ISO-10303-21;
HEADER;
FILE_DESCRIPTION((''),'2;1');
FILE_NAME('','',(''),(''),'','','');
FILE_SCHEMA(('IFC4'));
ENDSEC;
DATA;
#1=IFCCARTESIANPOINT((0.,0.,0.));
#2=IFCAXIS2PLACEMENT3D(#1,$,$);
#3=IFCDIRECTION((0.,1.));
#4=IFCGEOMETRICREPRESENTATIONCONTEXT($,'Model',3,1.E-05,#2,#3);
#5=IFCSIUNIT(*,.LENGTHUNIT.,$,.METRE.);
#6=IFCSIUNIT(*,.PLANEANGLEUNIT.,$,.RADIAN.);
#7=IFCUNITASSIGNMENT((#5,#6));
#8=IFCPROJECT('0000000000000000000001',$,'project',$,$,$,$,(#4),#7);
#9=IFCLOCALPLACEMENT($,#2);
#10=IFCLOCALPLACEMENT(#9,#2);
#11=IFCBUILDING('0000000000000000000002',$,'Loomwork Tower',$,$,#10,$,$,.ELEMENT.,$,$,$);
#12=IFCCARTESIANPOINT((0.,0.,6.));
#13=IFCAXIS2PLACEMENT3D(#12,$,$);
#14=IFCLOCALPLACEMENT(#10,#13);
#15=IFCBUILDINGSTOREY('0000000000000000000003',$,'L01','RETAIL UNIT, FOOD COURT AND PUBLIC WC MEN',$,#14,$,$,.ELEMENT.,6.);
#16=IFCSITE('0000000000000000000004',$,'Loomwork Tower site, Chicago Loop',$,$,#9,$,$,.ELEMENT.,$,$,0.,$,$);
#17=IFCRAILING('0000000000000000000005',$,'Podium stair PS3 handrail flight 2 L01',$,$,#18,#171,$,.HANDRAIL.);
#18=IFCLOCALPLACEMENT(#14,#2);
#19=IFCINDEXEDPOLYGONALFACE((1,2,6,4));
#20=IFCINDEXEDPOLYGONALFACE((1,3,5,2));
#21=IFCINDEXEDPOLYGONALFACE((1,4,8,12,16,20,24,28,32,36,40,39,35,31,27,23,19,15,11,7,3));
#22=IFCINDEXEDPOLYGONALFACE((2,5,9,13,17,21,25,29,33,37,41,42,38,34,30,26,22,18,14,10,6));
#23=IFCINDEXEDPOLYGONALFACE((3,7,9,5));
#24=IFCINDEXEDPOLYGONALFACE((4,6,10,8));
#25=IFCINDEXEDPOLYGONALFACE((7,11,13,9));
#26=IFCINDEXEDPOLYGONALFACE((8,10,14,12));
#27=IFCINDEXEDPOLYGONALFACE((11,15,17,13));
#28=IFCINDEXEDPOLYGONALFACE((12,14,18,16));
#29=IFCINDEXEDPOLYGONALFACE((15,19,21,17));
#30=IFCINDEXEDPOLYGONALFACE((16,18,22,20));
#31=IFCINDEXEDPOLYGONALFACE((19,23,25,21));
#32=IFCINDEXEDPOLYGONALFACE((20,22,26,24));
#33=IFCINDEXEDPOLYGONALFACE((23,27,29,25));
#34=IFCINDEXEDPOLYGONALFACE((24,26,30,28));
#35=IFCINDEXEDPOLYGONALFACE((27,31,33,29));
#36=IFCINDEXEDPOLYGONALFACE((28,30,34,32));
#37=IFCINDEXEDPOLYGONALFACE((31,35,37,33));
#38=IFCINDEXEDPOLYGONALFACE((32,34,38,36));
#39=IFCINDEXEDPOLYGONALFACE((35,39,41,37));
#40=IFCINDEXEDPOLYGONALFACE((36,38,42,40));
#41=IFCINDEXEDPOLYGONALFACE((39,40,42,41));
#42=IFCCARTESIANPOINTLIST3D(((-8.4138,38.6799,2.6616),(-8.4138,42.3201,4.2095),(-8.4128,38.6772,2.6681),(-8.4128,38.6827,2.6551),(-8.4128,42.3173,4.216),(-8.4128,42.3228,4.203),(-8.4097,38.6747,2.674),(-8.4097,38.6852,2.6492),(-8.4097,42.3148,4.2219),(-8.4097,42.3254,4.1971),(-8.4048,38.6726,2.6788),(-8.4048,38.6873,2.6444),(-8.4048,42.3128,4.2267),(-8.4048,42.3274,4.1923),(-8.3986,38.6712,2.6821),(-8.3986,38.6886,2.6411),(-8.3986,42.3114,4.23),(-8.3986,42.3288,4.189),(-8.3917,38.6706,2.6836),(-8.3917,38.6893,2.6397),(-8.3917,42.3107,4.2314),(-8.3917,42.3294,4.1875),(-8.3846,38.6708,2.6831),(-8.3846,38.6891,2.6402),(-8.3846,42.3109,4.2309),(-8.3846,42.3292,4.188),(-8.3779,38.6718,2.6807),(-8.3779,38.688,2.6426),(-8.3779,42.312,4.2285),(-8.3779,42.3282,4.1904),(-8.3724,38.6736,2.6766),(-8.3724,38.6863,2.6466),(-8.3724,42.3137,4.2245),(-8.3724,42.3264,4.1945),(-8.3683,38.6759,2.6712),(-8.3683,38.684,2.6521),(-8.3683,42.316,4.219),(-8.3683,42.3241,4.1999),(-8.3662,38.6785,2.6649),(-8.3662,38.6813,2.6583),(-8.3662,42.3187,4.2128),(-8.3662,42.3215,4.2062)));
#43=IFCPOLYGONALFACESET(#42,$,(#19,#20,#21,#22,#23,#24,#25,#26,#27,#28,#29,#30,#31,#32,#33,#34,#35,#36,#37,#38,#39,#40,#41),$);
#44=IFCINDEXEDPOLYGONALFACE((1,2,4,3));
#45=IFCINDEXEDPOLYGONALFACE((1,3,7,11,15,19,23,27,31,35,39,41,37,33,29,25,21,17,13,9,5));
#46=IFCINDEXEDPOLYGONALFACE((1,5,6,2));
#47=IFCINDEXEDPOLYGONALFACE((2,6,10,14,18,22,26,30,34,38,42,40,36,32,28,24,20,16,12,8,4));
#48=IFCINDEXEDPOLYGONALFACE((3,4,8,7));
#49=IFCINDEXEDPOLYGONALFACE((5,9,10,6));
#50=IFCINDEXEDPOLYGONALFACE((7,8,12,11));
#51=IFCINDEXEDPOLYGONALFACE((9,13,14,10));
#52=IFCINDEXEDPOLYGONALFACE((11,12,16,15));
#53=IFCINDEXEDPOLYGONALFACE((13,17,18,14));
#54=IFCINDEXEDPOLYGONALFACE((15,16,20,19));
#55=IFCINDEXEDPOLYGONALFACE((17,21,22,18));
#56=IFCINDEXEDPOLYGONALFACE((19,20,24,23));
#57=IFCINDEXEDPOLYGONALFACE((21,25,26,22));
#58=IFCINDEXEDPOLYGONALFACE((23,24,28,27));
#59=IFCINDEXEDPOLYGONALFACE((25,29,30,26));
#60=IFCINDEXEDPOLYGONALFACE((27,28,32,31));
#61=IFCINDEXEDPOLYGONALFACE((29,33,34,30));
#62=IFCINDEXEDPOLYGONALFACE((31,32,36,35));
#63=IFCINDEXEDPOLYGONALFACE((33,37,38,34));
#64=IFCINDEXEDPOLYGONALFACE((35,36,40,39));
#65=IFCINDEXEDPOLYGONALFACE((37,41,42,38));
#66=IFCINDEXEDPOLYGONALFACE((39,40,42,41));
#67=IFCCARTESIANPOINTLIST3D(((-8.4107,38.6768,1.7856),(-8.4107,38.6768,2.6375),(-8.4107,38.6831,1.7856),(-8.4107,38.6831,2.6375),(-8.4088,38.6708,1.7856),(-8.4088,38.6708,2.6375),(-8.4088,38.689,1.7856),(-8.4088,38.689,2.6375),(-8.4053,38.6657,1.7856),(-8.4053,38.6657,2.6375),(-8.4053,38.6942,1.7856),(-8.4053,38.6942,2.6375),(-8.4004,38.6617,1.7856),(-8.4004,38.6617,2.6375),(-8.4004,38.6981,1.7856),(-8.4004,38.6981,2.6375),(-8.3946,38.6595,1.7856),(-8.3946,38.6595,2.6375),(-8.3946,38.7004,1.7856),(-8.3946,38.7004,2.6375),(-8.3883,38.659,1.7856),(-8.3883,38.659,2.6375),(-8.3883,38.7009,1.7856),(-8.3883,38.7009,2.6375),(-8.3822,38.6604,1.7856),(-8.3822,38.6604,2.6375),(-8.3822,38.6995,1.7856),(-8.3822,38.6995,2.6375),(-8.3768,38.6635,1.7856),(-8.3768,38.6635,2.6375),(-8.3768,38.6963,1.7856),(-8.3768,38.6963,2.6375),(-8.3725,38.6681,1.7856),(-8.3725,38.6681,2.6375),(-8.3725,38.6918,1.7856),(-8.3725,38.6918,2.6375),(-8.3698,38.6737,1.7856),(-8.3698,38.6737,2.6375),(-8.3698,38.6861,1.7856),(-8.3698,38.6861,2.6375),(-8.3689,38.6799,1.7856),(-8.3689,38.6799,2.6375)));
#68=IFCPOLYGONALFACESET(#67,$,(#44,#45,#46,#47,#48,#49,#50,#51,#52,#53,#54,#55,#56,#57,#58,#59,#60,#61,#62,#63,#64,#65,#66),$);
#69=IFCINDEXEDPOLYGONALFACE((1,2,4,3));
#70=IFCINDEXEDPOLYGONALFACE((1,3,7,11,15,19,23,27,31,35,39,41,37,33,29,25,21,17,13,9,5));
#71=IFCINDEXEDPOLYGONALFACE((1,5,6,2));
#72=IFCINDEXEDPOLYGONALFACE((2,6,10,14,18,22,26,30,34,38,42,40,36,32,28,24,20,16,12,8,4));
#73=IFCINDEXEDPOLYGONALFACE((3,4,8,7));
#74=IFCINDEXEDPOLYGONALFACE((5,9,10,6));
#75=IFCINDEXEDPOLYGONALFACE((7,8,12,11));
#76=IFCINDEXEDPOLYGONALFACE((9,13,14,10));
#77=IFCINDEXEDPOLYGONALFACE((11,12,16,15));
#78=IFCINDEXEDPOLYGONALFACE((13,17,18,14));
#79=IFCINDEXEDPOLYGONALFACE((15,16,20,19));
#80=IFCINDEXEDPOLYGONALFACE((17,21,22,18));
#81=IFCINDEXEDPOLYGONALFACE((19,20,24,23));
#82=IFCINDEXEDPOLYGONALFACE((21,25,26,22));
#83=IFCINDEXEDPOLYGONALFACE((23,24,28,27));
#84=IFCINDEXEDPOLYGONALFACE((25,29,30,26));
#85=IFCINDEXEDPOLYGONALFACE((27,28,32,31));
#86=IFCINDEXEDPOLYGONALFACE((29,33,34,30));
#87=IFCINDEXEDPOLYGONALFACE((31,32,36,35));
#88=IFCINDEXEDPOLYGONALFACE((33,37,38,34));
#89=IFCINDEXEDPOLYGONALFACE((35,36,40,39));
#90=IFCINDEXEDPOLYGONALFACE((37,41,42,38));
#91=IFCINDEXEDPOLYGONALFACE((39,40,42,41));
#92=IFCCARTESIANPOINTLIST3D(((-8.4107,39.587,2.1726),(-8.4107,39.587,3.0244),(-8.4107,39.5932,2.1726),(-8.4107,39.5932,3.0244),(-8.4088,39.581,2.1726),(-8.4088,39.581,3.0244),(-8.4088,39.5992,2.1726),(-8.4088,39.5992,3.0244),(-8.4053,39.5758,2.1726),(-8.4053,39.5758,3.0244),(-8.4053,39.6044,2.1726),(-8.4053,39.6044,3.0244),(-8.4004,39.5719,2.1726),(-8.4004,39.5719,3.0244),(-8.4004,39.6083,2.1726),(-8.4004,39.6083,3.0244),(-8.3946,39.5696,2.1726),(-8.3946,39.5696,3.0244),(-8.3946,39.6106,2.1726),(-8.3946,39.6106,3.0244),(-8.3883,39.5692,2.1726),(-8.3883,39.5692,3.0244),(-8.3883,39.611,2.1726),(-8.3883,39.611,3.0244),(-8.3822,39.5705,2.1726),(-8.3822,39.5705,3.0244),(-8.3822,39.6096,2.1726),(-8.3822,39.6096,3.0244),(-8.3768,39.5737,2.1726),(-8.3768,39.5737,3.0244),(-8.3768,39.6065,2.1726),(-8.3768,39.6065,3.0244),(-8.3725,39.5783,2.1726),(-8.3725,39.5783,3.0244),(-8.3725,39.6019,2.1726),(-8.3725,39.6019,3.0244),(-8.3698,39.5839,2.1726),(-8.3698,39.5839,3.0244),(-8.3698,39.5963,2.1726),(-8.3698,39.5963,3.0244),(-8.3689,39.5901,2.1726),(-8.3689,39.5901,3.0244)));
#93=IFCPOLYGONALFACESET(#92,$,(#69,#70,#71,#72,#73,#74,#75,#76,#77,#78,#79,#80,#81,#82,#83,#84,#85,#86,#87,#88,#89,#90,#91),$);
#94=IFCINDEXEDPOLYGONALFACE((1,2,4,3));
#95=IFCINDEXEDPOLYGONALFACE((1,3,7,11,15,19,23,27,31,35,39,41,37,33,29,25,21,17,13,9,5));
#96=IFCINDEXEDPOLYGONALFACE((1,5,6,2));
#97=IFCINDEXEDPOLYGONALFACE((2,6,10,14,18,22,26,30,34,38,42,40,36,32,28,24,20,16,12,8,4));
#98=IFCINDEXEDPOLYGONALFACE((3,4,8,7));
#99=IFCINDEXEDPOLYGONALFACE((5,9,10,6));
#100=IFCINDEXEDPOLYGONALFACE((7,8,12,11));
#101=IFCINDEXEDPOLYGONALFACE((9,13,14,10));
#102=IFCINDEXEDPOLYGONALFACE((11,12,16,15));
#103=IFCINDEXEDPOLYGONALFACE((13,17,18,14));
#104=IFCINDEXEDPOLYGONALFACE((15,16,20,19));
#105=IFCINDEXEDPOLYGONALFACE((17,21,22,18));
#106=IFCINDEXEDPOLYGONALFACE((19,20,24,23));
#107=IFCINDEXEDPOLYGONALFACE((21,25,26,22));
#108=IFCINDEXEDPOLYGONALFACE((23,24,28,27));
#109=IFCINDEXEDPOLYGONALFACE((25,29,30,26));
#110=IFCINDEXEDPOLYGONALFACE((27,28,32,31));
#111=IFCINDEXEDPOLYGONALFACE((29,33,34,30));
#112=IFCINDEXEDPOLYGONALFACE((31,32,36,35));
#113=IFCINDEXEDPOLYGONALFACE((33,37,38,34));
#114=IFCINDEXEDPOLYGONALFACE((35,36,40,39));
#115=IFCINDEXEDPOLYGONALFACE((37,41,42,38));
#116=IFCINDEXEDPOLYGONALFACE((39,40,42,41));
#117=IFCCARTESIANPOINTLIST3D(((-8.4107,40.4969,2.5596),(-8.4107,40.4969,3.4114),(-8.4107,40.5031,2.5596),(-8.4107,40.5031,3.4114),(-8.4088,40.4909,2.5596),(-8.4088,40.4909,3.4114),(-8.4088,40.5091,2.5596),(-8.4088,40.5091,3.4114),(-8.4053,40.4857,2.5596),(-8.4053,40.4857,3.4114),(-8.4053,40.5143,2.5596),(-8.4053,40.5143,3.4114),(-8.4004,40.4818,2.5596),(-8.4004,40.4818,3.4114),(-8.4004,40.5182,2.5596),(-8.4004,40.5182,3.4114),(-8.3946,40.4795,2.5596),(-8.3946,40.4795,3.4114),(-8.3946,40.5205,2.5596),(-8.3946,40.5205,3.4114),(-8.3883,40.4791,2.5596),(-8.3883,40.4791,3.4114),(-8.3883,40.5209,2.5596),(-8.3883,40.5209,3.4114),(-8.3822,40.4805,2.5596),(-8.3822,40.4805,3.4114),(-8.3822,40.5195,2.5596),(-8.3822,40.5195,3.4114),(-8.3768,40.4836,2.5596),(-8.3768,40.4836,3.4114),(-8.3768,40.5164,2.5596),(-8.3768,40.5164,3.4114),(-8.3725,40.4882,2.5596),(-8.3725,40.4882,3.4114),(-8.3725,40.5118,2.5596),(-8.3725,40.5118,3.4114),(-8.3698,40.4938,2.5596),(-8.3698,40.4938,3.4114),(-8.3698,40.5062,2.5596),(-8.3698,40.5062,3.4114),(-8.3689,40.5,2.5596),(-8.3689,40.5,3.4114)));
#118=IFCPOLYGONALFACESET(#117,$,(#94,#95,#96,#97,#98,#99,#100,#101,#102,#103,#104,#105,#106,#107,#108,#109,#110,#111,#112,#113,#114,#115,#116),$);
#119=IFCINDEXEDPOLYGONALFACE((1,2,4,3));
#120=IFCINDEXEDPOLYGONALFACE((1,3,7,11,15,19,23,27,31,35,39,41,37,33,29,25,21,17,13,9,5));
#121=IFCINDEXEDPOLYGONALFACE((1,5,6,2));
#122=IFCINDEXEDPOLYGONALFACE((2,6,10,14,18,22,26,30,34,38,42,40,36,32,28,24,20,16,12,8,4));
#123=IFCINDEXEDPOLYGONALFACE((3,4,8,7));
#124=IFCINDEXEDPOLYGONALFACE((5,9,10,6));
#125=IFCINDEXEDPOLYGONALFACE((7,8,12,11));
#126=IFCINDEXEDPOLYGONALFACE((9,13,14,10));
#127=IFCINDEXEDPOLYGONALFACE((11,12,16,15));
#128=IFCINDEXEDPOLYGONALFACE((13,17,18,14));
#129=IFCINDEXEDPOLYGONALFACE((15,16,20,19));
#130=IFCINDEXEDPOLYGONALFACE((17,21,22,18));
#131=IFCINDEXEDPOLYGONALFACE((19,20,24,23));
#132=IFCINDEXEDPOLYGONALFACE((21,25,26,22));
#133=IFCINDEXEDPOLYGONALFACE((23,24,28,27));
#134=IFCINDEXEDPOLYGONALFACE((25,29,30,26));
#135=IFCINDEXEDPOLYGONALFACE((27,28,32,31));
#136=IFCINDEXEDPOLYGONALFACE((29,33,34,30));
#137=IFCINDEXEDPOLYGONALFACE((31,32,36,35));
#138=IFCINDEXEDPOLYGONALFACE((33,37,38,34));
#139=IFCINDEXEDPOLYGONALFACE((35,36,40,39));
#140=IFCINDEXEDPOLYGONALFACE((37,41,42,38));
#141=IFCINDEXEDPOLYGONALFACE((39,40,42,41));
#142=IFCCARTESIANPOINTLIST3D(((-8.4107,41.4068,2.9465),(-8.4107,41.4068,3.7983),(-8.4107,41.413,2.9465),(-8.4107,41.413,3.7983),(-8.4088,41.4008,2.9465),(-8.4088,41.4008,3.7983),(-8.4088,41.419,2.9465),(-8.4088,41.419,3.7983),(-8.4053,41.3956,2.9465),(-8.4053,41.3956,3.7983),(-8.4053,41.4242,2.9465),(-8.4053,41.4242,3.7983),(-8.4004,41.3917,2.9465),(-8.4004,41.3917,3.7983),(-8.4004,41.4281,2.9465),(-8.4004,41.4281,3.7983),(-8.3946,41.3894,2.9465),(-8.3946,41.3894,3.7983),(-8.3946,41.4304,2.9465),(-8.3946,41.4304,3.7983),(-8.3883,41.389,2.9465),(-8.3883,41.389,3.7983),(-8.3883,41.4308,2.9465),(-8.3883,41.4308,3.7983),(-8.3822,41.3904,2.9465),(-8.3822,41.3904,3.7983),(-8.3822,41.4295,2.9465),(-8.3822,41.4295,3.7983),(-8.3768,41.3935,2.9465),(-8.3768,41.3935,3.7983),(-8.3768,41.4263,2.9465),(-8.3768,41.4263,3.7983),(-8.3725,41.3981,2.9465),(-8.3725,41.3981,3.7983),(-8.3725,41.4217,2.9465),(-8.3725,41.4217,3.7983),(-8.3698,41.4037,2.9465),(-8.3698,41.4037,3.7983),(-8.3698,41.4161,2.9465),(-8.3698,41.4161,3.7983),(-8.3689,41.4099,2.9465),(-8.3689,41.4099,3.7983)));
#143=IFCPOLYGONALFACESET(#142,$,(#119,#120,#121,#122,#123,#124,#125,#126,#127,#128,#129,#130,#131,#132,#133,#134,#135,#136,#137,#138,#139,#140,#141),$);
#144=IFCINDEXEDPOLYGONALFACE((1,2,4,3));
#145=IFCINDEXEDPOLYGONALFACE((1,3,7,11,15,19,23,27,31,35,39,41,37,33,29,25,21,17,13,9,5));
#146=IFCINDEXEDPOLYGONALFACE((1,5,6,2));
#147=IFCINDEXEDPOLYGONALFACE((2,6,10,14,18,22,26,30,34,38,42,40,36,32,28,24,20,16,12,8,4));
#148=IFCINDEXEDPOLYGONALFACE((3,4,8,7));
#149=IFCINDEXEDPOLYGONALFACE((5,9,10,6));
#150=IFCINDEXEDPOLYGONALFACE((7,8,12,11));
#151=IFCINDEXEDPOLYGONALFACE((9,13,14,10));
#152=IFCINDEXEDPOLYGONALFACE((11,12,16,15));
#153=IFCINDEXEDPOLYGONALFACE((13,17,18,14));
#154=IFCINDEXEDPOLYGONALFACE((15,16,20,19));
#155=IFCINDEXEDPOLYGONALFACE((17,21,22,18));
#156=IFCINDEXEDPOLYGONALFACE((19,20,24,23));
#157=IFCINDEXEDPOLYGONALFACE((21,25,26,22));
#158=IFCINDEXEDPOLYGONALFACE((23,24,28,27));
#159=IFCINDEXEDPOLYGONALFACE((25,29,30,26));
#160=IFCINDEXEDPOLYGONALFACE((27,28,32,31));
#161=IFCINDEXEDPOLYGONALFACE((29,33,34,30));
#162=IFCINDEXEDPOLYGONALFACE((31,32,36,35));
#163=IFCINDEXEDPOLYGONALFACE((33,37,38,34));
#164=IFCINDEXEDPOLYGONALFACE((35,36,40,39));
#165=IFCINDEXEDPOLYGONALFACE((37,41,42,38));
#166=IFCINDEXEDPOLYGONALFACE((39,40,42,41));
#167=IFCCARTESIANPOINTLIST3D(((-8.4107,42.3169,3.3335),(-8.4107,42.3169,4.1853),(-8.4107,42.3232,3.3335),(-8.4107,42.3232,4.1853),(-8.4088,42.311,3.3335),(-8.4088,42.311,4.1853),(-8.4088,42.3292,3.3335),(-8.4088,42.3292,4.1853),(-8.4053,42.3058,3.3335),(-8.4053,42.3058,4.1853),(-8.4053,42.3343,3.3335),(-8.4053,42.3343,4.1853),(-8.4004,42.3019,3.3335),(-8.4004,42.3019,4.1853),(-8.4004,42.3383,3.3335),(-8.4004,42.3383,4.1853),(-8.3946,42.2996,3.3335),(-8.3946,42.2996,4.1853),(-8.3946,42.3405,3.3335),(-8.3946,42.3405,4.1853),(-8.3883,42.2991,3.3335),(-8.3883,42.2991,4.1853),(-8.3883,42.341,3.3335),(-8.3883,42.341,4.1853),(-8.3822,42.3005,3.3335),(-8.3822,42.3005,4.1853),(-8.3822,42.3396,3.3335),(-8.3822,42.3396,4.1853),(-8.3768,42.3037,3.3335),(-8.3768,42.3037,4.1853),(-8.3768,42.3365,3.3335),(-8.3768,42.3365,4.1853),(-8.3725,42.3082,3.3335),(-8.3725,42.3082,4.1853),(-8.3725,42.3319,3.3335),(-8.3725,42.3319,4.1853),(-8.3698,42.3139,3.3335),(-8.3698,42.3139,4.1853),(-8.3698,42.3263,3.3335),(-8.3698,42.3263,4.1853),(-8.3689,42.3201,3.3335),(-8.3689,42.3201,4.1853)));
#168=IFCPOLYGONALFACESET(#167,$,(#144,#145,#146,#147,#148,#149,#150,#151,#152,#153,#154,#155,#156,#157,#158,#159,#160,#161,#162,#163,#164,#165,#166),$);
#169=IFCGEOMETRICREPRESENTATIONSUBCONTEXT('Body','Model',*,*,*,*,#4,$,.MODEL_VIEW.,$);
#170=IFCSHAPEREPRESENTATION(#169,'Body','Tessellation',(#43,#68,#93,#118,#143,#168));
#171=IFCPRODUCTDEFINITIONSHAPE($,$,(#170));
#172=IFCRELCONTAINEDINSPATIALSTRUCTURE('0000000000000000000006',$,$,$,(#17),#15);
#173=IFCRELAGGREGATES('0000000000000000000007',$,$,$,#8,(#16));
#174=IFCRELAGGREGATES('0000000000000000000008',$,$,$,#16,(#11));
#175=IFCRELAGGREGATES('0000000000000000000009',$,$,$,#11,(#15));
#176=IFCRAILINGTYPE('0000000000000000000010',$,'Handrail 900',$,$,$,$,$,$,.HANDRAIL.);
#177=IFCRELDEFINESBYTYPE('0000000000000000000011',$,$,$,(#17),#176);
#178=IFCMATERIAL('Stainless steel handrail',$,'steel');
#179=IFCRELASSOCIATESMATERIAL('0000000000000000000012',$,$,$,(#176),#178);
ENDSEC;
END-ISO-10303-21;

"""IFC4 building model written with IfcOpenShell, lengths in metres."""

from ifc_helpers import new_model, si_unit, direction, frame, origin, origin_2d, place, context, subcontext, project, spatial, circle, extrude, material, type_object, element, save


model = new_model("IFC4")

# Units and contexts
model_context = context("Model", 3, precision=1e-05, world=origin(), true_north=direction((0.0, 1.0)))
body_context = subcontext(model_context, "Body", "Model", "MODEL_VIEW")
ifc_project = project(units=[si_unit("LENGTHUNIT", "METRE"), si_unit("PLANEANGLEUNIT", "RADIAN")], contexts=[model_context])

# Site, building, storey
site_placement = place(None, origin())
site = spatial("IfcSite", under=ifc_project, at=site_placement, Name="Loomwork Tower site, Chicago Loop", CompositionType="ELEMENT", RefElevation=0.0)
building_placement = place(site_placement, origin())
building = spatial("IfcBuilding", under=site, at=building_placement, Name="Loomwork Tower", CompositionType="ELEMENT")
storey_placement = place(building_placement, frame((0.0, 0.0, 6.0)))
storey = spatial("IfcBuildingStorey", under=building, at=storey_placement, Name="L01", Description="RETAIL UNIT, FOOD COURT AND PUBLIC WC MEN", CompositionType="ELEMENT", Elevation=6.0)

# Railing
ifc_material_1 = material(Name="Stainless steel handrail", Category="steel")
railing_type = type_object("IfcRailingType", Name="Handrail 900", PredefinedType="HANDRAIL", material=ifc_material_1)
railing_1_placement = place(storey_placement, frame((-8.3899, 38.6799, 1.7856)))
element("IfcRailing", 1, at=railing_1_placement, inside=storey, type_object=railing_type, Name="Podium stair PS3 handrail flight 2 L01", PredefinedType="HANDRAIL", context=body_context, shape_type="SweptSolid", body=[
    extrude(circle(Radius=0.0239, at=origin_2d()), frame((0.0, 0.0, 0.876), z_axis=(0.0, 0.920259, 0.391311), x_axis=(-1.0, 0.0, 0.0)), (0.0, 0.0, 1.0), 3.9556),
    extrude(circle(Radius=0.021, at=origin_2d()), origin(), (0.0, 0.0, 1.0), 0.8518),
    extrude(circle(Radius=0.021, at=origin_2d()), frame((0.0, 0.9102, 0.387)), (0.0, 0.0, 1.0), 0.8518),
    extrude(circle(Radius=0.021, at=origin_2d()), frame((0.0, 1.8201, 0.7739)), (0.0, 0.0, 1.0), 0.8518),
    extrude(circle(Radius=0.021, at=origin_2d()), frame((0.0, 2.73, 1.1609)), (0.0, 0.0, 1.0), 0.8518),
    extrude(circle(Radius=0.021, at=origin_2d()), frame((0.0, 3.6401, 1.5479)), (0.0, 0.0, 1.0), 0.8518),
])

save(model, "model.ifc")
